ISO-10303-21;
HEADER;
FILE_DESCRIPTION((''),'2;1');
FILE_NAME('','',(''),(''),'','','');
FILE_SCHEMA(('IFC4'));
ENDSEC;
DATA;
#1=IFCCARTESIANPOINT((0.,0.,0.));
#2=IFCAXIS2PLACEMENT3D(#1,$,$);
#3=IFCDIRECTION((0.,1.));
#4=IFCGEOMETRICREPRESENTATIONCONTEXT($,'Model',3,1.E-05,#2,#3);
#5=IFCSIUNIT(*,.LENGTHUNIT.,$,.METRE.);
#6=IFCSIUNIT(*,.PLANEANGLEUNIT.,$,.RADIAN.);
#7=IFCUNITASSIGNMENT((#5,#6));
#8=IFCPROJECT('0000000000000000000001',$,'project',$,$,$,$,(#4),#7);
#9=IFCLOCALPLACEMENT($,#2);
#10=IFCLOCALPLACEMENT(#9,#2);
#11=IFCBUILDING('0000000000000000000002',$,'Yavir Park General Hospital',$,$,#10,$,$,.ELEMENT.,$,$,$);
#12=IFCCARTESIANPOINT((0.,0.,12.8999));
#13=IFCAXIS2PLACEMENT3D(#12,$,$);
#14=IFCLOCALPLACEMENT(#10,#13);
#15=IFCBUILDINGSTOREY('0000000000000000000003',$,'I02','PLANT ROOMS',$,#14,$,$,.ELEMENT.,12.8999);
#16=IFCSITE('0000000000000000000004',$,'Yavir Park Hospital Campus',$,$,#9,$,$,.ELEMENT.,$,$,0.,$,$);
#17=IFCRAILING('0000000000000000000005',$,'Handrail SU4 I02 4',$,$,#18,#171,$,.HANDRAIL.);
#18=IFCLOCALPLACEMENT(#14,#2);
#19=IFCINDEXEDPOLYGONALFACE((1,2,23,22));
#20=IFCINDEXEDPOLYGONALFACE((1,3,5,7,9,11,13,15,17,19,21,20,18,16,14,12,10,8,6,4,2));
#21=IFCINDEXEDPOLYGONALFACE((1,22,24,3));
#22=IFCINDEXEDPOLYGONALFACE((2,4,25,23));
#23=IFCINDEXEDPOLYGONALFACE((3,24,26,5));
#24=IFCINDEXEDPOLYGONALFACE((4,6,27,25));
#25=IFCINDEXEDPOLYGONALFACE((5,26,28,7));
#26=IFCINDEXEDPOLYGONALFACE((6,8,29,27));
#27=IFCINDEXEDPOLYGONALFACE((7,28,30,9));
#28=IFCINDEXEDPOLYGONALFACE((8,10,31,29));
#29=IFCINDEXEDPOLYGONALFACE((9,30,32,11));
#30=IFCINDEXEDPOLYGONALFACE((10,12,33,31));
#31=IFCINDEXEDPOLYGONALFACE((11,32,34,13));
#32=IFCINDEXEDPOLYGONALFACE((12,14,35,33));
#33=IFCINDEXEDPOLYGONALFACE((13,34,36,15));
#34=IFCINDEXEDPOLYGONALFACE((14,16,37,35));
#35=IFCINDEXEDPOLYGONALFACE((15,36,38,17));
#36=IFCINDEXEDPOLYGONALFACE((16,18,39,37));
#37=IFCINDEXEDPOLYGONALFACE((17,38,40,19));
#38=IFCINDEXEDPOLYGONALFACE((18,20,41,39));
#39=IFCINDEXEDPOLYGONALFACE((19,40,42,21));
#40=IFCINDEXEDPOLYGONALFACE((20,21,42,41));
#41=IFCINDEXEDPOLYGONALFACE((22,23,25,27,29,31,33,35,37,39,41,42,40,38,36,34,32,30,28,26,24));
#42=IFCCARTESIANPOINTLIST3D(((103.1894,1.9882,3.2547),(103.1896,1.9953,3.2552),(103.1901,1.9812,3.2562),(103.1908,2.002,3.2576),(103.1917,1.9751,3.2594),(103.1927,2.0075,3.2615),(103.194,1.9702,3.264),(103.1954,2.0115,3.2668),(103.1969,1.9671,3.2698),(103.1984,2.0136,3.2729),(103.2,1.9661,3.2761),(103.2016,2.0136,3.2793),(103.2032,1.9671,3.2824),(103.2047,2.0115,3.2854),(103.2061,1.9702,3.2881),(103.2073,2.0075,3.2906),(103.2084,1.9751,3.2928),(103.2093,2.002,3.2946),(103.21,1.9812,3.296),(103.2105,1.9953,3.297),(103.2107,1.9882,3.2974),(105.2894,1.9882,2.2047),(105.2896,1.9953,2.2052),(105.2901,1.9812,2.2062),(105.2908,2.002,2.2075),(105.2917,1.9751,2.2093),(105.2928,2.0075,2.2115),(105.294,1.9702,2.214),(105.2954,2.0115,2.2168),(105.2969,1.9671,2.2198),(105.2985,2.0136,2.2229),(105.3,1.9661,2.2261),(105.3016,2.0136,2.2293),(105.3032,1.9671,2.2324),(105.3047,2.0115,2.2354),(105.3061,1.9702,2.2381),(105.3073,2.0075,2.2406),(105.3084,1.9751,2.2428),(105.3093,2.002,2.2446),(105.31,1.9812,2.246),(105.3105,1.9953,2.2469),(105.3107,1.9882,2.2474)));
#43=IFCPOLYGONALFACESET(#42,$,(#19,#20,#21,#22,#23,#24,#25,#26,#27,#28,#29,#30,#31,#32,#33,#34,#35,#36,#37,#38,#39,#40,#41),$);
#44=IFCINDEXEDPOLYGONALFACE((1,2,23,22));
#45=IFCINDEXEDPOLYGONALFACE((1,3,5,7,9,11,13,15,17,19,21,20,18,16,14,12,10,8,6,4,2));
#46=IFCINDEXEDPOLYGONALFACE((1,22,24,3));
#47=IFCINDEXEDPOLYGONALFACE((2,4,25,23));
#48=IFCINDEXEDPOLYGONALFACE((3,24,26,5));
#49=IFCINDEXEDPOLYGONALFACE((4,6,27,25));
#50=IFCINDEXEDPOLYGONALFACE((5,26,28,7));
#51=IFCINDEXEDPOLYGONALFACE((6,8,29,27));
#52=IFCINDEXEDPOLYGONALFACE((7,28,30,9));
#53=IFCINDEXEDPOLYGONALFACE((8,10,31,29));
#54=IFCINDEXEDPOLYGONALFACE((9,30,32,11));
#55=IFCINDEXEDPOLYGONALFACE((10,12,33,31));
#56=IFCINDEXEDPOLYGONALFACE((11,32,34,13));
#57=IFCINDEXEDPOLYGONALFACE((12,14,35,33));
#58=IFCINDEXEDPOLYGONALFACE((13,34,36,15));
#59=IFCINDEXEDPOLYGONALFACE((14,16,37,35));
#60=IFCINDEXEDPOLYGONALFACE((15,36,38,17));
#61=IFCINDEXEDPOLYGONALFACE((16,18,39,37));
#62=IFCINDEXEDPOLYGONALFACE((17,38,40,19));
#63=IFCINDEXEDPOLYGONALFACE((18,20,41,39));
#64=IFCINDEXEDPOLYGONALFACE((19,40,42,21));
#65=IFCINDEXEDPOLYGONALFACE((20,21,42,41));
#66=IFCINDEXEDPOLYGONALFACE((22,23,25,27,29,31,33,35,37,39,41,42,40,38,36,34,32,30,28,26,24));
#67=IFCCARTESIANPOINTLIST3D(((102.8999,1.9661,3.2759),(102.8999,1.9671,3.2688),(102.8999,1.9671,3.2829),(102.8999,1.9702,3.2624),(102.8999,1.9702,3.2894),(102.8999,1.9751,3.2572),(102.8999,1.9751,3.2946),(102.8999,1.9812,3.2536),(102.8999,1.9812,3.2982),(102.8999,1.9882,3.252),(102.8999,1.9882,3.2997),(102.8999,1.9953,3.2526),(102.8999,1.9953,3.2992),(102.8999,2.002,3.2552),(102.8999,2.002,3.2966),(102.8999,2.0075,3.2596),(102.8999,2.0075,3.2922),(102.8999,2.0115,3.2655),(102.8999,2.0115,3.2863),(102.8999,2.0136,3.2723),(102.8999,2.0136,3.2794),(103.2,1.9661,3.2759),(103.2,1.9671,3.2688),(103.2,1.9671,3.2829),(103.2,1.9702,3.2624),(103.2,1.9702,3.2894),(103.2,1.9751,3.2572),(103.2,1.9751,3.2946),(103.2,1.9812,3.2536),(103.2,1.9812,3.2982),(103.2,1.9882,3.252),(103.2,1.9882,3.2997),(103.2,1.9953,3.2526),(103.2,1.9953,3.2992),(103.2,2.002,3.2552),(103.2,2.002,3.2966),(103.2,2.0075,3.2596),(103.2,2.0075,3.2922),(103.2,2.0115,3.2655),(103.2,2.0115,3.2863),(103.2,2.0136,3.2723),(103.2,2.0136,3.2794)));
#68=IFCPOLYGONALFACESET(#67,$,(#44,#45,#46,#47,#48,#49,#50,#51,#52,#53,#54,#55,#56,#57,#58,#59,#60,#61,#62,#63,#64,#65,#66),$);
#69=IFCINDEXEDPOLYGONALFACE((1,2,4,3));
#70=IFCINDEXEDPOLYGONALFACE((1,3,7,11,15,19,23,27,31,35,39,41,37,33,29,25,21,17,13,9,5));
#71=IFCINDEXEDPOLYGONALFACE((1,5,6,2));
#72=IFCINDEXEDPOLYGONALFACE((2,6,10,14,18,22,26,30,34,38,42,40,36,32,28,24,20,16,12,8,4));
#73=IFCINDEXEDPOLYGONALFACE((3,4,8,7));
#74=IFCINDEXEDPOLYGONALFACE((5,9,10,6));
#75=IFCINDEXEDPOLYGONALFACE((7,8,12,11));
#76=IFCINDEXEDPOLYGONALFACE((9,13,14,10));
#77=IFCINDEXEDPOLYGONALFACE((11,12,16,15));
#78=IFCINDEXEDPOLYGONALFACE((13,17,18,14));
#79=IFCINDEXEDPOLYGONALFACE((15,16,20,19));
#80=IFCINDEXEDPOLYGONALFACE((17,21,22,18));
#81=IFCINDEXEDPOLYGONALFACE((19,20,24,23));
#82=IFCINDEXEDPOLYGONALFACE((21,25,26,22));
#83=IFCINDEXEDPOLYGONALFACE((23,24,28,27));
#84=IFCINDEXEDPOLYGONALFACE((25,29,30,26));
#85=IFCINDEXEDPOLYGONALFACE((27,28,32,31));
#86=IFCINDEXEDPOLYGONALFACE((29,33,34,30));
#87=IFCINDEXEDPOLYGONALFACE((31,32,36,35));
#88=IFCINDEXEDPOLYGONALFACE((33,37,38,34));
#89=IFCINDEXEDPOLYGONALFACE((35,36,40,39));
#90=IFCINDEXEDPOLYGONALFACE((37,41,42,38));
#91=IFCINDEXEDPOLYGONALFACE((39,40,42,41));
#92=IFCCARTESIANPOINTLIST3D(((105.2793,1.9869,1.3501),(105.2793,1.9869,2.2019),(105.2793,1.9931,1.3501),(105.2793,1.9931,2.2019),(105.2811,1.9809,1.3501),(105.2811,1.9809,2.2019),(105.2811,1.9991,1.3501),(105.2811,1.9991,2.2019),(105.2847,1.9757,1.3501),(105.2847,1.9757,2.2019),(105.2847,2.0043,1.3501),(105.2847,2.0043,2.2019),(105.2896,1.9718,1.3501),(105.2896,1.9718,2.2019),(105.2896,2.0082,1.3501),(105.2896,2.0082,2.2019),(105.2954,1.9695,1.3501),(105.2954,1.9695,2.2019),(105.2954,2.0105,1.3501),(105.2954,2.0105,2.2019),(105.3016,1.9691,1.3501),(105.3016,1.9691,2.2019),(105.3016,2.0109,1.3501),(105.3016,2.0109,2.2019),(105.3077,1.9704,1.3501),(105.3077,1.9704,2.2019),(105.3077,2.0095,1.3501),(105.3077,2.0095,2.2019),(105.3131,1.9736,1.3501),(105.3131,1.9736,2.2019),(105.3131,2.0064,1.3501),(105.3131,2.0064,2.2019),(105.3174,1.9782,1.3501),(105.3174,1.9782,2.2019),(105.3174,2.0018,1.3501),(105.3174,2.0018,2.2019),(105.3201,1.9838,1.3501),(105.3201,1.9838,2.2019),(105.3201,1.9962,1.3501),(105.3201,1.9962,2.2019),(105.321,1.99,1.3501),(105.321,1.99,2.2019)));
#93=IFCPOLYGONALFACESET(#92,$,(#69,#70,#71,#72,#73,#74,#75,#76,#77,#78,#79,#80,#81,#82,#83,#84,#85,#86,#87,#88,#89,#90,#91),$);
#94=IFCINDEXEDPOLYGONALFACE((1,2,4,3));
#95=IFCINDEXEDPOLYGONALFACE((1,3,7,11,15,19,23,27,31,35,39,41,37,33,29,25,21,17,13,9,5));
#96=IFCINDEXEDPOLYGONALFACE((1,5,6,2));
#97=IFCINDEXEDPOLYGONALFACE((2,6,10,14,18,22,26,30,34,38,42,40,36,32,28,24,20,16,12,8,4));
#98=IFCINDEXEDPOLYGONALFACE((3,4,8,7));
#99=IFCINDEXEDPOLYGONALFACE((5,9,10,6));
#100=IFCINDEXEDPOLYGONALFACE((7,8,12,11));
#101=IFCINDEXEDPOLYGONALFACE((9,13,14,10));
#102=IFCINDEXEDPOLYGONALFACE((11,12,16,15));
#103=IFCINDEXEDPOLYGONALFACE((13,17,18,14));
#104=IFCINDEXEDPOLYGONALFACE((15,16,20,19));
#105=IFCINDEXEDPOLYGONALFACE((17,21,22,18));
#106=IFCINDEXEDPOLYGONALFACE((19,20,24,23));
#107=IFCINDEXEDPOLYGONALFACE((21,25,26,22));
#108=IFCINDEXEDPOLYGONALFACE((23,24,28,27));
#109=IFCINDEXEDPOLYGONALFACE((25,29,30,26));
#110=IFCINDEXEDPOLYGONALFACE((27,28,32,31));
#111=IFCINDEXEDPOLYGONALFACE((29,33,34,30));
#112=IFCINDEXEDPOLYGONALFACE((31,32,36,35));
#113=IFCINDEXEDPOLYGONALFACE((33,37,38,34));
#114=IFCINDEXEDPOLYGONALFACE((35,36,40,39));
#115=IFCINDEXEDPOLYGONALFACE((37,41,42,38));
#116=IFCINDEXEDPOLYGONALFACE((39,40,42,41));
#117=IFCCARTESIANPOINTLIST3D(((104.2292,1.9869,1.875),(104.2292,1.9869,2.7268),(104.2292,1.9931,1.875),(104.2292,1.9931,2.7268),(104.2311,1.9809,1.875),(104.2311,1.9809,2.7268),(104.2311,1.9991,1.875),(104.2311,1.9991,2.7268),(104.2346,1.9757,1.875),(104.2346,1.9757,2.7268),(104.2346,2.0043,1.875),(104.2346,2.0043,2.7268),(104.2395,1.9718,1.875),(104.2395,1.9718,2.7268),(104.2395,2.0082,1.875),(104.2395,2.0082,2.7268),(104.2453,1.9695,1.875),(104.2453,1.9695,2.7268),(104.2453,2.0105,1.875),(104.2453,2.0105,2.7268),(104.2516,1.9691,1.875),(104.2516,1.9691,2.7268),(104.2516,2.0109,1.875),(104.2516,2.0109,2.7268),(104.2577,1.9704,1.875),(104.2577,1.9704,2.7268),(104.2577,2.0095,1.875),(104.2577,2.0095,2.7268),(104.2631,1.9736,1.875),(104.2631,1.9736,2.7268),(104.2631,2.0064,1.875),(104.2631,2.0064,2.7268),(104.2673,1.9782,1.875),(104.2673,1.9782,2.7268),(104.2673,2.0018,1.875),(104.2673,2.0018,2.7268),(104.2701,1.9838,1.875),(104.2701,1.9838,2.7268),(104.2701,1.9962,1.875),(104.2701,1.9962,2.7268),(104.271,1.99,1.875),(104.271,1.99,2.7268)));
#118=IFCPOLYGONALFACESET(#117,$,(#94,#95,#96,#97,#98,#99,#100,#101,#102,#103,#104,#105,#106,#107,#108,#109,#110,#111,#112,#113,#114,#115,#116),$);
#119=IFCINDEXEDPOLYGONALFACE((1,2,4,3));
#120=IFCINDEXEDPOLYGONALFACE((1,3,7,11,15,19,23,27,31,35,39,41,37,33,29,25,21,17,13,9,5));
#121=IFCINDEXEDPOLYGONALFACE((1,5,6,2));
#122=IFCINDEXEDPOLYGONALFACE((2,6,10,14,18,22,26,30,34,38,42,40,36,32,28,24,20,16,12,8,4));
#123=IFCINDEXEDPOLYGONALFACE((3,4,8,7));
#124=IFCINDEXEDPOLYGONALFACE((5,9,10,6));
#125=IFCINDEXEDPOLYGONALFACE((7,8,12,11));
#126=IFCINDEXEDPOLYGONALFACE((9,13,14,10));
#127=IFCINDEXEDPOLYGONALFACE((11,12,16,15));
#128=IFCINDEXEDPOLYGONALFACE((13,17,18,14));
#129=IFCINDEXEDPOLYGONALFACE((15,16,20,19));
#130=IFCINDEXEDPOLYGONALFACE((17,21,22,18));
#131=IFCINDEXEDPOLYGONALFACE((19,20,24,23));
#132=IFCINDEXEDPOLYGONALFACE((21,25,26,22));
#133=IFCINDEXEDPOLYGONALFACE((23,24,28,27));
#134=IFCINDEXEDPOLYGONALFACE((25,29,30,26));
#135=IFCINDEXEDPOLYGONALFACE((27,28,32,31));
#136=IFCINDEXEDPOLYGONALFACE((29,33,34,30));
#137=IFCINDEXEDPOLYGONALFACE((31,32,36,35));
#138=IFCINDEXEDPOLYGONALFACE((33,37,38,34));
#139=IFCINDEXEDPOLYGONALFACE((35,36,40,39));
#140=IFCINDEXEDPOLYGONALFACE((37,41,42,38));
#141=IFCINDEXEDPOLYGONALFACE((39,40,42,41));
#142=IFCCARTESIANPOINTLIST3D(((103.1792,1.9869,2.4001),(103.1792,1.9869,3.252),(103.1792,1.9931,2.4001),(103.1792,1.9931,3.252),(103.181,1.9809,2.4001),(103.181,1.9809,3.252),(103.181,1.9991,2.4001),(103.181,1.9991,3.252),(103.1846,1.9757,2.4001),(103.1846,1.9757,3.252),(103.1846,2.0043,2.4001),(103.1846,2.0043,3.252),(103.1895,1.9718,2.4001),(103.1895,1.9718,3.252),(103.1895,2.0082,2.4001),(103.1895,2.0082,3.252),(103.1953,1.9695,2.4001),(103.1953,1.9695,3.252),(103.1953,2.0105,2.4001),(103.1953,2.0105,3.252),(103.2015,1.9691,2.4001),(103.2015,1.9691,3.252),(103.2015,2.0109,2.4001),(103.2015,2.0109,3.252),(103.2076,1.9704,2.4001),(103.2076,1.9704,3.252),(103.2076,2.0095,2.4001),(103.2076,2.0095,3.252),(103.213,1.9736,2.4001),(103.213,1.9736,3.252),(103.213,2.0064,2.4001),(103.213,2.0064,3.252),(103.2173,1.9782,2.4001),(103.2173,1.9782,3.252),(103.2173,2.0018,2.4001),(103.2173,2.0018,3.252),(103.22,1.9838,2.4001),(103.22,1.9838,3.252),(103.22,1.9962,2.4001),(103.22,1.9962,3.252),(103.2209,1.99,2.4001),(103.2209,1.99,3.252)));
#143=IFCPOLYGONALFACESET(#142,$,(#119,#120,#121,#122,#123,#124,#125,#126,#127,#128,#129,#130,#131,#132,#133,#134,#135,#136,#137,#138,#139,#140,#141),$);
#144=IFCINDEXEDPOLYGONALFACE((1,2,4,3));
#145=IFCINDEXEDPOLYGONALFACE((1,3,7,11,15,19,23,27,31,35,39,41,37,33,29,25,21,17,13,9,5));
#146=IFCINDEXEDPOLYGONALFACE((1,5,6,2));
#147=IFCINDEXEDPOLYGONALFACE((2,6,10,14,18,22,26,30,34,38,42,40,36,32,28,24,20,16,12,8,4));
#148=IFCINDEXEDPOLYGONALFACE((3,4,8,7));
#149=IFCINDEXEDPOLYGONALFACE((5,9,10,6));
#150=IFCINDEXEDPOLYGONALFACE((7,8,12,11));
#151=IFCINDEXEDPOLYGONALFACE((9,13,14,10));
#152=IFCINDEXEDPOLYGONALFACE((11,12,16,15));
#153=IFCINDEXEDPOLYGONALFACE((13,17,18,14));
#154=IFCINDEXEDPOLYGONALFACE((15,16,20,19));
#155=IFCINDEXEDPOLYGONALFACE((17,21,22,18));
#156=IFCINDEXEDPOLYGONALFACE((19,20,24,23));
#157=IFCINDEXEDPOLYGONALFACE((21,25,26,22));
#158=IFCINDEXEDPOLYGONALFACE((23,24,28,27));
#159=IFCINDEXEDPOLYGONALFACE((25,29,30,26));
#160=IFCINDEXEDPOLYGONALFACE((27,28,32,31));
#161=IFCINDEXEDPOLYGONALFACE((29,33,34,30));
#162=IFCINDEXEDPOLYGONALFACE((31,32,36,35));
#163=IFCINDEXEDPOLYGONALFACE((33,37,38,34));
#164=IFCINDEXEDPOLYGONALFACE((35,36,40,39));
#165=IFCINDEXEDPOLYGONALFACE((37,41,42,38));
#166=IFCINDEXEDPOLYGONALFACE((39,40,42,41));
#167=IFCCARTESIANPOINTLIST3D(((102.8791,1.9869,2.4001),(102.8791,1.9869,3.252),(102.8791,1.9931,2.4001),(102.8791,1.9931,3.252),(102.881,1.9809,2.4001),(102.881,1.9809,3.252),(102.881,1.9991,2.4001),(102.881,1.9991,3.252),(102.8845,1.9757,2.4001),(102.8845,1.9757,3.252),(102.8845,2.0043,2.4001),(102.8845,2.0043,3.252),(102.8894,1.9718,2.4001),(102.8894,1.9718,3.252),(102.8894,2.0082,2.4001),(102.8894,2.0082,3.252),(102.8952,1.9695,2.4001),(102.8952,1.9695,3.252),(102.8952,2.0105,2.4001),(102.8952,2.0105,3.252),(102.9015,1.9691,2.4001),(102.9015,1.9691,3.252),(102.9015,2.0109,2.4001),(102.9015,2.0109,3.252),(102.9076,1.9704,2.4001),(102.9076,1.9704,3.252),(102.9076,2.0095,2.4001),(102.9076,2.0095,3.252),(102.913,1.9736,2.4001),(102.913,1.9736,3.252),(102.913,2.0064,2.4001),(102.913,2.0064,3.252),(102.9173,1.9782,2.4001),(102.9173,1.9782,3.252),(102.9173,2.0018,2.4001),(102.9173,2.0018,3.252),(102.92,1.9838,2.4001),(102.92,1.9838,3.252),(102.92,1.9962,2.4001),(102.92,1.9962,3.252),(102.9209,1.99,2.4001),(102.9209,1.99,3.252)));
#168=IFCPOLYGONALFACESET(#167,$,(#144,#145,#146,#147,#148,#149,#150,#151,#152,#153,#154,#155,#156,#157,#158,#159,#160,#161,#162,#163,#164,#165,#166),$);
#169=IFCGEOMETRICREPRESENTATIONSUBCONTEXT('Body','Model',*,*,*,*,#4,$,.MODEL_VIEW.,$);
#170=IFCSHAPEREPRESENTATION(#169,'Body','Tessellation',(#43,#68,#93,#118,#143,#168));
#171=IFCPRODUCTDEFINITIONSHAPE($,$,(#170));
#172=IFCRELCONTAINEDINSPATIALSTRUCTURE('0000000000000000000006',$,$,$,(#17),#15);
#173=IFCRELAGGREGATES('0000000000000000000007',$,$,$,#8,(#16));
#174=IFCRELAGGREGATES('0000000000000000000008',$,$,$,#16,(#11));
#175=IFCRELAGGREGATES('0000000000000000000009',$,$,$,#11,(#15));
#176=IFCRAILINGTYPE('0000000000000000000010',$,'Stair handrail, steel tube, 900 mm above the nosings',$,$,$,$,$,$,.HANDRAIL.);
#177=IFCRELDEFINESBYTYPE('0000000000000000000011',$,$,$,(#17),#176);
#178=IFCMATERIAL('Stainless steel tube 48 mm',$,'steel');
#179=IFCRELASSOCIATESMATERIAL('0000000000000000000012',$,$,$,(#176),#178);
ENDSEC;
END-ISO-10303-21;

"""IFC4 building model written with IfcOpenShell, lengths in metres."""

from ifc_helpers import new_model, si_unit, direction, frame, origin, origin_2d, place, context, subcontext, project, spatial, circle, extrude, material, type_object, element, save


model = new_model("IFC4")

# Units and contexts
model_context = context("Model", 3, precision=1e-05, world=origin(), true_north=direction((0.0, 1.0)))
body_context = subcontext(model_context, "Body", "Model", "MODEL_VIEW")
ifc_project = project(units=[si_unit("LENGTHUNIT", "METRE"), si_unit("PLANEANGLEUNIT", "RADIAN")], contexts=[model_context])

# Site, building, storey
site_placement = place(None, origin())
site = spatial("IfcSite", under=ifc_project, at=site_placement, Name="Yavir Park Hospital Campus", CompositionType="ELEMENT", RefElevation=0.0)
building_placement = place(site_placement, origin())
building = spatial("IfcBuilding", under=site, at=building_placement, Name="Yavir Park General Hospital", CompositionType="ELEMENT")
storey_placement = place(building_placement, frame((0.0, 0.0, 12.8999)))
storey = spatial("IfcBuildingStorey", under=building, at=storey_placement, Name="I02", Description="PLANT ROOMS", CompositionType="ELEMENT", Elevation=12.8999)

# Railing
ifc_material_1 = material(Name="Stainless steel tube 48 mm", Category="steel")
railing_type_1 = type_object("IfcRailingType", Name="Stair handrail, steel tube, 900 mm above the nosings", PredefinedType="HANDRAIL", material=ifc_material_1)
for number, where, name in (
    (1, (105.3, 1.99, 1.3501), "Handrail SU4 I02 4"),
):
    element("IfcRailing", number, at=place(storey_placement, frame(where)), inside=storey, type_object=railing_type_1, Name=name, PredefinedType="HANDRAIL", context=body_context, shape_type="SweptSolid", body=[
        extrude(circle(Radius=0.0239, at=origin_2d()), frame((0.0, 0.0, 0.876), z_axis=(-0.894427, 0.0, 0.447214), x_axis=(0.0, -1.0, 0.0)), (0.0, 0.0, 1.0), 2.3479),
        extrude(circle(Radius=0.0239, at=origin_2d()), frame((-2.1001, 0.0, 1.9258), z_axis=(-1.0, 0.0, 0.0), x_axis=(0.0, -1.0, 0.0)), (0.0, 0.0, 1.0), 0.3),
        extrude(circle(Radius=0.021, at=origin_2d()), origin(), (0.0, 0.0, 1.0), 0.8518),
        extrude(circle(Radius=0.021, at=origin_2d()), frame((-1.05, 0.0, 0.5249)), (0.0, 0.0, 1.0), 0.8518),
        extrude(circle(Radius=0.021, at=origin_2d()), frame((-2.1001, 0.0, 1.05)), (0.0, 0.0, 1.0), 0.8518),
        extrude(circle(Radius=0.021, at=origin_2d()), frame((-2.4001, 0.0, 1.05)), (0.0, 0.0, 1.0), 0.8518),
    ])

save(model, "model.ifc")
